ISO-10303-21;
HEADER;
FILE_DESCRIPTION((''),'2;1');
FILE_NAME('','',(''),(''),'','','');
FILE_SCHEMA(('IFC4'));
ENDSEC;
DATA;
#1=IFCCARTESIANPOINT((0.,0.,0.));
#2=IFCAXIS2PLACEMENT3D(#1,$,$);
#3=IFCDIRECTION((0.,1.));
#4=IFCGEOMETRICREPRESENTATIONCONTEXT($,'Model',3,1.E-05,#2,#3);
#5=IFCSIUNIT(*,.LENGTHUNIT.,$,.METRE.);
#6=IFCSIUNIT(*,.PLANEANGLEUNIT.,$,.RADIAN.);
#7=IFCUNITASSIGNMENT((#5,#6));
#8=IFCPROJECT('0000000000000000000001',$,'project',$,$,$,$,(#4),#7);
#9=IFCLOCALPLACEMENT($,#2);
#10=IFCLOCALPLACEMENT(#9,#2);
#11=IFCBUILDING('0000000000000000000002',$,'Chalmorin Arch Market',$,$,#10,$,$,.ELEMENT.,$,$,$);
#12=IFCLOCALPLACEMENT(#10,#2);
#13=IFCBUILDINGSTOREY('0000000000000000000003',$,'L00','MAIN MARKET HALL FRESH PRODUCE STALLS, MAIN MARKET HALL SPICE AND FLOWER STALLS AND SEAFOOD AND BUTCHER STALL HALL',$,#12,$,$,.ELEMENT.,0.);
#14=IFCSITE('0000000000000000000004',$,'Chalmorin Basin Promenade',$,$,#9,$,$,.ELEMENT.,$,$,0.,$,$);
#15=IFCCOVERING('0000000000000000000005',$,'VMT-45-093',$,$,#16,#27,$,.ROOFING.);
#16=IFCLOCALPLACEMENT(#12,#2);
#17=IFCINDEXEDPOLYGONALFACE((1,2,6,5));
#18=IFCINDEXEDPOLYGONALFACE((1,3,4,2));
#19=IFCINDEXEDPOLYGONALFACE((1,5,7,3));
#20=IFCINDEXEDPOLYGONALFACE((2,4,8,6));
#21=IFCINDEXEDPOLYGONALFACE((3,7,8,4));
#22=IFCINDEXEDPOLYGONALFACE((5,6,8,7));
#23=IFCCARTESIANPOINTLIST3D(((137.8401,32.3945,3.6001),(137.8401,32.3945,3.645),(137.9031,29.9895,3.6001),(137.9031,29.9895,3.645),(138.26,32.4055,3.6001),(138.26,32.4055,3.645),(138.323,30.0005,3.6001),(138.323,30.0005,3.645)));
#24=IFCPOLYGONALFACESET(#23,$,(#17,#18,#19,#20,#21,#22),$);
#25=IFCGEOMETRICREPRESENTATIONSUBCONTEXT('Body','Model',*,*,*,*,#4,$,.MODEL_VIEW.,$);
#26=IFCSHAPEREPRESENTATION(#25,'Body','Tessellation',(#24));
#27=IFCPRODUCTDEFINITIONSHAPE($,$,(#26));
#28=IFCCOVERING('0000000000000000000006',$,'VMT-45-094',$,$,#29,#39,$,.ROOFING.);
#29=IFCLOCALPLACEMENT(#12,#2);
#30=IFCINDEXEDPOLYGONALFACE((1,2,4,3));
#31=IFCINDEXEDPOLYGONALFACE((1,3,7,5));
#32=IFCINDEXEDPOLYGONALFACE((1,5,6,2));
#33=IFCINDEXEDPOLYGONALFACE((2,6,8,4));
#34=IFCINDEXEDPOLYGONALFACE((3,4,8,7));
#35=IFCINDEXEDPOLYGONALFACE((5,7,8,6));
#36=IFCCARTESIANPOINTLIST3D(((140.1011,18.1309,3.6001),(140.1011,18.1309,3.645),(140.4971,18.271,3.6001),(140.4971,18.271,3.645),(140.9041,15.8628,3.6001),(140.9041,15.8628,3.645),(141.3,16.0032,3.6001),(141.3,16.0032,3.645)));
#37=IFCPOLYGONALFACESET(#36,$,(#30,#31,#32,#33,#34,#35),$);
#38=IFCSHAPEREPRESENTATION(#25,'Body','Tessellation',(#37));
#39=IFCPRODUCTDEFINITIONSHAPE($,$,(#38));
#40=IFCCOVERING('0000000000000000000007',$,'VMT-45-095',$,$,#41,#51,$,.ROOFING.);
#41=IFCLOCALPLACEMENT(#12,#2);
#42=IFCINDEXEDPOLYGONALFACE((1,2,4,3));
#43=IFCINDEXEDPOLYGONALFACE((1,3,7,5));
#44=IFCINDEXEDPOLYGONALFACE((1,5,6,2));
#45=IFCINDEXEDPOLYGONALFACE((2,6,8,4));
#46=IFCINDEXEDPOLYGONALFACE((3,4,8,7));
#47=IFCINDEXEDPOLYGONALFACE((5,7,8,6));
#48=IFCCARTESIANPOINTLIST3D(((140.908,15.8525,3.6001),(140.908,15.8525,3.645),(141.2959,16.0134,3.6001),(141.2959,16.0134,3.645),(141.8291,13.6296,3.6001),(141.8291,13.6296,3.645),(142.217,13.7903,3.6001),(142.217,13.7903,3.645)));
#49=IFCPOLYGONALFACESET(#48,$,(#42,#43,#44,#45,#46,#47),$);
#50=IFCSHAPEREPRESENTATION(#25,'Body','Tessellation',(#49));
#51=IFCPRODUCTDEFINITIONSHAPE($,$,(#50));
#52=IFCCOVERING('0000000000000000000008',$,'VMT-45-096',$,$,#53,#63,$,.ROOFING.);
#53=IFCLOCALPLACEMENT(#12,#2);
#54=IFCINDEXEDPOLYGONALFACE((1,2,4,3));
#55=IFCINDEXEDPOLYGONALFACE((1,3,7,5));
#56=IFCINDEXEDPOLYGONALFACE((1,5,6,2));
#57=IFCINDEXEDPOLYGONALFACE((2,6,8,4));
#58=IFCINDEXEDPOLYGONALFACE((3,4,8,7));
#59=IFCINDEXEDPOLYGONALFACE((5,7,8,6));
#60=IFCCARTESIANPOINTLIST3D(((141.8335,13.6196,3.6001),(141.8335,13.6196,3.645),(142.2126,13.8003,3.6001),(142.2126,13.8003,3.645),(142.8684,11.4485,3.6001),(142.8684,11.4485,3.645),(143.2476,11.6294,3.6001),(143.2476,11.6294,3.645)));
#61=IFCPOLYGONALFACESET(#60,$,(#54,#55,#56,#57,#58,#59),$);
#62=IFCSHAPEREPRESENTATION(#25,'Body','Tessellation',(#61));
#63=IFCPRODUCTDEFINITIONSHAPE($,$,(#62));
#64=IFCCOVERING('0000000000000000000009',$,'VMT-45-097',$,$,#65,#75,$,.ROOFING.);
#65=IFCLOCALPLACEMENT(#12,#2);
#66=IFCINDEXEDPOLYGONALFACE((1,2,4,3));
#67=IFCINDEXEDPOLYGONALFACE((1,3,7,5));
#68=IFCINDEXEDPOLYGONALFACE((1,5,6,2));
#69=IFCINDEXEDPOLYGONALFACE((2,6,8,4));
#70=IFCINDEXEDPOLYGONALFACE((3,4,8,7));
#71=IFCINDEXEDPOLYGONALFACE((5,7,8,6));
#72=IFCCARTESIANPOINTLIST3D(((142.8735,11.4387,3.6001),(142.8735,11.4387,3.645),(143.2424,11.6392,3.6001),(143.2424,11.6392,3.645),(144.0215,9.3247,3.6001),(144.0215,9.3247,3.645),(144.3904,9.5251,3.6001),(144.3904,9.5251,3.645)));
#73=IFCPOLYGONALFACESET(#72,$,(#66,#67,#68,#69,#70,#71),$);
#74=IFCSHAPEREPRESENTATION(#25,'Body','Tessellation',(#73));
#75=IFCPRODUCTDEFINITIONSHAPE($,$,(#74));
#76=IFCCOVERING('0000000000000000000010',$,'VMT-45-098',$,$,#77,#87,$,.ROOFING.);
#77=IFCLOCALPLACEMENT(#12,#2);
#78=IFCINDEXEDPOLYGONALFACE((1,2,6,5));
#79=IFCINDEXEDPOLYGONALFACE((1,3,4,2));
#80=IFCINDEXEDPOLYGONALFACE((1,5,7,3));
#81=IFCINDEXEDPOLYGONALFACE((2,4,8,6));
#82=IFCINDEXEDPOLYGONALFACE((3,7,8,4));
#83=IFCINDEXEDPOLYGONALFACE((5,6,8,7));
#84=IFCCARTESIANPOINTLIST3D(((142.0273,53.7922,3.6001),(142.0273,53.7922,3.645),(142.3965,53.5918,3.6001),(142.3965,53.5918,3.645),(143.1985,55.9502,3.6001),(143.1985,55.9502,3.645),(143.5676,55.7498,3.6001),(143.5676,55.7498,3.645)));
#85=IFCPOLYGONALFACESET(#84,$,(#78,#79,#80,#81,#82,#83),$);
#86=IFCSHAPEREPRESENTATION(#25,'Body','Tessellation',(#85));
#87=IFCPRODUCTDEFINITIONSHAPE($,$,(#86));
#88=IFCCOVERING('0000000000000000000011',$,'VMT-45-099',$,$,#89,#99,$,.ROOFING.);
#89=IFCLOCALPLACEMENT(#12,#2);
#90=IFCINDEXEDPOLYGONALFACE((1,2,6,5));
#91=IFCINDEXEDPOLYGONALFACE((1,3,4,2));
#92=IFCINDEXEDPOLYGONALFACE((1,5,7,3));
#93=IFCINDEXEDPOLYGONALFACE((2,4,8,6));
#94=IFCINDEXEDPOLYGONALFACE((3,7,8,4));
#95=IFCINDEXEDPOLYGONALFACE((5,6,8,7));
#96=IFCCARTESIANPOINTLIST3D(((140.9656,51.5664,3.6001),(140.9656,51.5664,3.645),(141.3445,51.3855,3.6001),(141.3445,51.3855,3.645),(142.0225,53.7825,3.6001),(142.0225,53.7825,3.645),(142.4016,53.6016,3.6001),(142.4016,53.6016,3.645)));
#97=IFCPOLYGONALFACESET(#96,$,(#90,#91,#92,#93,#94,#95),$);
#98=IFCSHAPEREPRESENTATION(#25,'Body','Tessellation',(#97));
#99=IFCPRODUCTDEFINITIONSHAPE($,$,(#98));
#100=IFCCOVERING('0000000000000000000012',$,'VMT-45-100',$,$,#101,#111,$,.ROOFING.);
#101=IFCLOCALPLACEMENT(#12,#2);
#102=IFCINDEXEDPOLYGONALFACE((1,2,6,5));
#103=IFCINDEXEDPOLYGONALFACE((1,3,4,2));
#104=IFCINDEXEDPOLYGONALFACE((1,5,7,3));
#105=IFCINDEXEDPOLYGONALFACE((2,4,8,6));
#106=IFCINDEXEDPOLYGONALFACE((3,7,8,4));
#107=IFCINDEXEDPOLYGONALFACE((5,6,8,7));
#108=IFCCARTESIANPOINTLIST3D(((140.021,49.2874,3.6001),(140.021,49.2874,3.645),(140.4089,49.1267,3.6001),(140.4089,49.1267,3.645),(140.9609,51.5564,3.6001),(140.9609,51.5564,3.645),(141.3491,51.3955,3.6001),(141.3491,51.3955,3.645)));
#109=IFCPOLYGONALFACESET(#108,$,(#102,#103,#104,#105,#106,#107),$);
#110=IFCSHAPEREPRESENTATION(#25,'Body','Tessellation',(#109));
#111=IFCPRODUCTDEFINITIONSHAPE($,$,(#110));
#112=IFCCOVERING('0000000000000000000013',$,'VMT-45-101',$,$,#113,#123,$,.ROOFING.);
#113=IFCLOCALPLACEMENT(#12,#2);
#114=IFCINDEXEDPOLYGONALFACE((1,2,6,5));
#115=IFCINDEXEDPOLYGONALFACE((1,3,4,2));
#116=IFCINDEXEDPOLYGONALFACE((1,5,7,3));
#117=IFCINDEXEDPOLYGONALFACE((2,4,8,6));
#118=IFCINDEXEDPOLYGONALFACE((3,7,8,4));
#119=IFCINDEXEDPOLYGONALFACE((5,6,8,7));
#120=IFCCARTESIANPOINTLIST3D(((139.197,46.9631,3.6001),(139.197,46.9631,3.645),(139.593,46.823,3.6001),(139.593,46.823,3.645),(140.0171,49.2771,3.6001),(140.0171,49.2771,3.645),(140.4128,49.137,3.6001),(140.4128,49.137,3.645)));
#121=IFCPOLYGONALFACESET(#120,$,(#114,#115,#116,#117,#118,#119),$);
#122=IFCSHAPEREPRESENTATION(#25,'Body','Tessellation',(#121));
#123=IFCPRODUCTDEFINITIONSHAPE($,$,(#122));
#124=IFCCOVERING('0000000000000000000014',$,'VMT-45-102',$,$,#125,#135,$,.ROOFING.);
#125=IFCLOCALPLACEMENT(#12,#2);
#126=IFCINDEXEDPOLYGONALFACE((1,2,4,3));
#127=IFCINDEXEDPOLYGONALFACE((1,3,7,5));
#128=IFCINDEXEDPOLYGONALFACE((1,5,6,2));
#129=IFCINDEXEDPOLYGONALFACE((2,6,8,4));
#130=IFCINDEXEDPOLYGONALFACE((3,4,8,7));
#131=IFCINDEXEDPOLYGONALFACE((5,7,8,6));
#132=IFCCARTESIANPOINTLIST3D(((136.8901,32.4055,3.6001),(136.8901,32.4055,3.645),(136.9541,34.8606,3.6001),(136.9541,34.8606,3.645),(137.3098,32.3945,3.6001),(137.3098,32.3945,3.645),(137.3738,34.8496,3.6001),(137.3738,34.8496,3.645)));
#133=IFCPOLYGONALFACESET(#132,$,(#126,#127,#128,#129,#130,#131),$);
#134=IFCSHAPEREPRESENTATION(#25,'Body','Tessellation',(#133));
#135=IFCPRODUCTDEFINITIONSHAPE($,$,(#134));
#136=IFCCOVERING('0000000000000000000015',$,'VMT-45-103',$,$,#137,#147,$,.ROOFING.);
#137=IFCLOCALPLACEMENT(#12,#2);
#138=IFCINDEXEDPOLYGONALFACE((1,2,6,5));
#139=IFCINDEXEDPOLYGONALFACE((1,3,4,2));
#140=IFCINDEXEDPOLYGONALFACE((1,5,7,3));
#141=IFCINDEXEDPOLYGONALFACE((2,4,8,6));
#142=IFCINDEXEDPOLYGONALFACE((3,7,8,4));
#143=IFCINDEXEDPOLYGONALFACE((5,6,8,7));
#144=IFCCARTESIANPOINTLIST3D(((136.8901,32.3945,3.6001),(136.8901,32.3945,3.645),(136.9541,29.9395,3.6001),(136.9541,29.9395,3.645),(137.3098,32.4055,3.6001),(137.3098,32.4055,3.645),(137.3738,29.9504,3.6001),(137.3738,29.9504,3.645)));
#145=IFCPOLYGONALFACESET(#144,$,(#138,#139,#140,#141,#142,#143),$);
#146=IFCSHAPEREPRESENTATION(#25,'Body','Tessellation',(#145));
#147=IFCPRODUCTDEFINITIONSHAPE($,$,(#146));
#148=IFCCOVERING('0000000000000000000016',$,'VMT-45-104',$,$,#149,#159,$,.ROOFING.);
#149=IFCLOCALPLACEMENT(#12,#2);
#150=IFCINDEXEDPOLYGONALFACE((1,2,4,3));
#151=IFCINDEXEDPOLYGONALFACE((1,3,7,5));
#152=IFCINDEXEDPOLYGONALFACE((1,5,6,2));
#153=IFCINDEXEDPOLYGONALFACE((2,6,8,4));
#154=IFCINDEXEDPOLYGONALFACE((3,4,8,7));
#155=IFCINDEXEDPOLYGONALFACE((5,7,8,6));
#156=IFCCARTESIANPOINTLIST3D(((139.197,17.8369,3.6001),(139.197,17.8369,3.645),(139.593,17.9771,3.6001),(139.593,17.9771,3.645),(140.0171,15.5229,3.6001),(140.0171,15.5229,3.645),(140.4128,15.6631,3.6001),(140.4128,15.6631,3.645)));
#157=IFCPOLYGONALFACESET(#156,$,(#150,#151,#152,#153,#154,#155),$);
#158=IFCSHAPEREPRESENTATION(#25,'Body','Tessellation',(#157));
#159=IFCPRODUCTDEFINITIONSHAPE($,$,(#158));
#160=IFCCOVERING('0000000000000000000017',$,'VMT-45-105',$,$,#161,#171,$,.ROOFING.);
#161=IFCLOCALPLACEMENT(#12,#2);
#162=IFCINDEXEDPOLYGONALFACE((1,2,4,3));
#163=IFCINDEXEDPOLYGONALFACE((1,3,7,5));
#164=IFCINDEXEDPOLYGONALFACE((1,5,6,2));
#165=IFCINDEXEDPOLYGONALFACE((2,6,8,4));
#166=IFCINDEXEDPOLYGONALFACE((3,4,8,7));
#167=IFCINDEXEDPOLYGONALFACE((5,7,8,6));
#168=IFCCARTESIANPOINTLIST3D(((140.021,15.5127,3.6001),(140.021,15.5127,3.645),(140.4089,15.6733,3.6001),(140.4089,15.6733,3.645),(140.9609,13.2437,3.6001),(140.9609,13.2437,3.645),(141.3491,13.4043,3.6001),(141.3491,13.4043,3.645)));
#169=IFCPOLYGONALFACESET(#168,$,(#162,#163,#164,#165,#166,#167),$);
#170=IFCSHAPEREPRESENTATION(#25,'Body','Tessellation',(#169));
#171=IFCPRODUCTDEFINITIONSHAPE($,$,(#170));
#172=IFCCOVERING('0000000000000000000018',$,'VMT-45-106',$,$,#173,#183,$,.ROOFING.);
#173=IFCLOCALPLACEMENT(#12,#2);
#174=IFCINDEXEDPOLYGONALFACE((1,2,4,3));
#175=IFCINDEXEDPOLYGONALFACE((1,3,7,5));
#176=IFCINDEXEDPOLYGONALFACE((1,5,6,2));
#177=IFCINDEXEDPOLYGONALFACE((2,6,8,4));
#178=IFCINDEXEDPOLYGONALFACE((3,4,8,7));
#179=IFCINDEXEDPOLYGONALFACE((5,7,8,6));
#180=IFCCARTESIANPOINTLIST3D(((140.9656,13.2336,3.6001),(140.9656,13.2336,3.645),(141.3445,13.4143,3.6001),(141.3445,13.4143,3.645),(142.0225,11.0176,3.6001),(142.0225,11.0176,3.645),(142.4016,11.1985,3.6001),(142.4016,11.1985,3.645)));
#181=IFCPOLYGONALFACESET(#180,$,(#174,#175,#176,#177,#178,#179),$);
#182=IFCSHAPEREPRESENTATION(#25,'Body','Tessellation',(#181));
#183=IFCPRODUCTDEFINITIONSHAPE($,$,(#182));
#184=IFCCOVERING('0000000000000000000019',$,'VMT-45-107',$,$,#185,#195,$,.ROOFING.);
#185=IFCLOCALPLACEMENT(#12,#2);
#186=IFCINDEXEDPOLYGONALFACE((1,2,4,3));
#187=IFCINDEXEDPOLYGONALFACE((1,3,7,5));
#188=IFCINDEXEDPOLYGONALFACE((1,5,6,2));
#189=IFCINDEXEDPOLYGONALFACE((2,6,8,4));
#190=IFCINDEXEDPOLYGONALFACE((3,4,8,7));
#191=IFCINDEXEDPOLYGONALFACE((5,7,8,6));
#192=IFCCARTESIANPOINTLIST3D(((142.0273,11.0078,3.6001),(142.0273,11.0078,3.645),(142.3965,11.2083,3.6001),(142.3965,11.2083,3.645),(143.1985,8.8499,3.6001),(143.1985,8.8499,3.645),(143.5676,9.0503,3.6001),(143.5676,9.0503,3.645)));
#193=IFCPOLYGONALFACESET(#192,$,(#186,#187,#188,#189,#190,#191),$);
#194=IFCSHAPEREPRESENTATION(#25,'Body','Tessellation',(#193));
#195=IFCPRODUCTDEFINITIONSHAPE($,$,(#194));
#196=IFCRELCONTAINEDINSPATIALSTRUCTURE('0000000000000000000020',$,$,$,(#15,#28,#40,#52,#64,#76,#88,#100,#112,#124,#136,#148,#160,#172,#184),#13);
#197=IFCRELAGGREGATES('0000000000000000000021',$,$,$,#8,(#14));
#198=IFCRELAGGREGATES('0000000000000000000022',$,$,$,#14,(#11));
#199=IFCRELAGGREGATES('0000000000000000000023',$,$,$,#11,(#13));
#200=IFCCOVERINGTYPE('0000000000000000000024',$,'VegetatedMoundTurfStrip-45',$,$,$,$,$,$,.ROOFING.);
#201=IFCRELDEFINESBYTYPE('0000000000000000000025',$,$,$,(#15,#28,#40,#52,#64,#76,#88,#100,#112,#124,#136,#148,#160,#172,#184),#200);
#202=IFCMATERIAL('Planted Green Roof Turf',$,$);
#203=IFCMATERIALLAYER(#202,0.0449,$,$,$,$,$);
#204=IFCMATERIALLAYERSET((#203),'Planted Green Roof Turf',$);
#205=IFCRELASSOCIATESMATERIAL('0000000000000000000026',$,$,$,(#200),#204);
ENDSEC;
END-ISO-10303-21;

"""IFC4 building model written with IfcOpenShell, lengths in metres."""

from ifc_helpers import new_model, si_unit, direction, frame, origin, place, context, subcontext, project, spatial, polyline, outline, extrude, material, layer, layer_set, type_object, element, save


model = new_model("IFC4")

# Units and contexts
model_context = context("Model", 3, precision=1e-05, world=origin(), true_north=direction((0.0, 1.0)))
body_context = subcontext(model_context, "Body", "Model", "MODEL_VIEW")
ifc_project = project(units=[si_unit("LENGTHUNIT", "METRE"), si_unit("PLANEANGLEUNIT", "RADIAN")], contexts=[model_context])

# Site, building, storey
site_placement = place(None, origin())
site = spatial("IfcSite", under=ifc_project, at=site_placement, Name="Chalmorin Basin Promenade", CompositionType="ELEMENT", RefElevation=0.0)
building_placement = place(site_placement, origin())
building = spatial("IfcBuilding", under=site, at=building_placement, Name="Chalmorin Arch Market", CompositionType="ELEMENT")
storey_placement = place(building_placement, origin())
storey = spatial("IfcBuildingStorey", under=building, at=storey_placement, Name="L00", Description="MAIN MARKET HALL FRESH PRODUCE STALLS, MAIN MARKET HALL SPICE AND FLOWER STALLS AND SEAFOOD AND BUTCHER STALL HALL", CompositionType="ELEMENT", Elevation=0.0)

# Coverings
ifc_material_1 = material(Name="Planted Green Roof Turf")
ifc_layer_1 = layer(ifc_material_1, 0.0449)
ifc_layer_set_1 = layer_set([ifc_layer_1], Name="Planted Green Roof Turf")
covering_type = type_object("IfcCoveringType", Name="VegetatedMoundTurfStrip-45", PredefinedType="ROOFING", material=ifc_layer_set_1)
covering_1_placement = place(storey_placement, frame((0.0, 0.0, 3.6001)))
element("IfcCovering", 1, at=covering_1_placement, inside=storey, type_object=covering_type, Name="VMT-45-093", PredefinedType="ROOFING", context=body_context, shape_type="SweptSolid", body=[
    extrude(outline(polyline([(137.8401, 32.3945), (137.9031, 29.9895), (138.323, 30.0005), (138.26, 32.4055), (137.8401, 32.3945)])), origin(), (0.0, 0.0, 1.0), 0.0449),
])
covering_2_placement = place(storey_placement, frame((0.0, 0.0, 3.6001)))
element("IfcCovering", 2, at=covering_2_placement, inside=storey, type_object=covering_type, Name="VMT-45-094", PredefinedType="ROOFING", context=body_context, shape_type="SweptSolid", body=[
    extrude(outline(polyline([(140.1011, 18.1309), (140.9041, 15.8628), (141.3, 16.0032), (140.4971, 18.271), (140.1011, 18.1309)])), origin(), (0.0, 0.0, 1.0), 0.0449),
])
covering_3_placement = place(storey_placement, frame((0.0, 0.0, 3.6001)))
element("IfcCovering", 3, at=covering_3_placement, inside=storey, type_object=covering_type, Name="VMT-45-095", PredefinedType="ROOFING", context=body_context, shape_type="SweptSolid", body=[
    extrude(outline(polyline([(140.908, 15.8525), (141.8291, 13.6296), (142.217, 13.7903), (141.2959, 16.0134), (140.908, 15.8525)])), origin(), (0.0, 0.0, 1.0), 0.0449),
])
covering_4_placement = place(storey_placement, frame((0.0, 0.0, 3.6001)))
element("IfcCovering", 4, at=covering_4_placement, inside=storey, type_object=covering_type, Name="VMT-45-096", PredefinedType="ROOFING", context=body_context, shape_type="SweptSolid", body=[
    extrude(outline(polyline([(141.8335, 13.6196), (142.8684, 11.4485), (143.2476, 11.6294), (142.2126, 13.8003), (141.8335, 13.6196)])), origin(), (0.0, 0.0, 1.0), 0.0449),
])
covering_5_placement = place(storey_placement, frame((0.0, 0.0, 3.6001)))
element("IfcCovering", 5, at=covering_5_placement, inside=storey, type_object=covering_type, Name="VMT-45-097", PredefinedType="ROOFING", context=body_context, shape_type="SweptSolid", body=[
    extrude(outline(polyline([(142.8735, 11.4387), (144.0215, 9.3247), (144.3904, 9.5251), (143.2424, 11.6392), (142.8735, 11.4387)])), origin(), (0.0, 0.0, 1.0), 0.0449),
])
covering_6_placement = place(storey_placement, frame((0.0, 0.0, 3.6001)))
element("IfcCovering", 6, at=covering_6_placement, inside=storey, type_object=covering_type, Name="VMT-45-098", PredefinedType="ROOFING", context=body_context, shape_type="SweptSolid", body=[
    extrude(outline(polyline([(143.1985, 55.9502), (142.0273, 53.7922), (142.3965, 53.5918), (143.5676, 55.7498), (143.1985, 55.9502)])), origin(), (0.0, 0.0, 1.0), 0.0449),
])
covering_7_placement = place(storey_placement, frame((0.0, 0.0, 3.6001)))
element("IfcCovering", 7, at=covering_7_placement, inside=storey, type_object=covering_type, Name="VMT-45-099", PredefinedType="ROOFING", context=body_context, shape_type="SweptSolid", body=[
    extrude(outline(polyline([(142.0225, 53.7825), (140.9656, 51.5664), (141.3445, 51.3855), (142.4016, 53.6016), (142.0225, 53.7825)])), origin(), (0.0, 0.0, 1.0), 0.0449),
])
covering_8_placement = place(storey_placement, frame((0.0, 0.0, 3.6001)))
element("IfcCovering", 8, at=covering_8_placement, inside=storey, type_object=covering_type, Name="VMT-45-100", PredefinedType="ROOFING", context=body_context, shape_type="SweptSolid", body=[
    extrude(outline(polyline([(140.9609, 51.5564), (140.021, 49.2874), (140.4089, 49.1267), (141.3491, 51.3955), (140.9609, 51.5564)])), origin(), (0.0, 0.0, 1.0), 0.0449),
])
covering_9_placement = place(storey_placement, frame((0.0, 0.0, 3.6001)))
element("IfcCovering", 9, at=covering_9_placement, inside=storey, type_object=covering_type, Name="VMT-45-101", PredefinedType="ROOFING", context=body_context, shape_type="SweptSolid", body=[
    extrude(outline(polyline([(140.0171, 49.2771), (139.197, 46.9631), (139.593, 46.823), (140.4128, 49.137), (140.0171, 49.2771)])), origin(), (0.0, 0.0, 1.0), 0.0449),
])
covering_10_placement = place(storey_placement, frame((0.0, 0.0, 3.6001)))
element("IfcCovering", 10, at=covering_10_placement, inside=storey, type_object=covering_type, Name="VMT-45-102", PredefinedType="ROOFING", context=body_context, shape_type="SweptSolid", body=[
    extrude(outline(polyline([(136.9541, 34.8606), (136.8901, 32.4055), (137.3098, 32.3945), (137.3738, 34.8496), (136.9541, 34.8606)])), origin(), (0.0, 0.0, 1.0), 0.0449),
])
covering_11_placement = place(storey_placement, frame((0.0, 0.0, 3.6001)))
element("IfcCovering", 11, at=covering_11_placement, inside=storey, type_object=covering_type, Name="VMT-45-103", PredefinedType="ROOFING", context=body_context, shape_type="SweptSolid", body=[
    extrude(outline(polyline([(136.8901, 32.3945), (136.9541, 29.9395), (137.3738, 29.9504), (137.3098, 32.4055), (136.8901, 32.3945)])), origin(), (0.0, 0.0, 1.0), 0.0449),
])
covering_12_placement = place(storey_placement, frame((0.0, 0.0, 3.6001)))
element("IfcCovering", 12, at=covering_12_placement, inside=storey, type_object=covering_type, Name="VMT-45-104", PredefinedType="ROOFING", context=body_context, shape_type="SweptSolid", body=[
    extrude(outline(polyline([(139.197, 17.8369), (140.0171, 15.5229), (140.4128, 15.6631), (139.593, 17.9771), (139.197, 17.8369)])), origin(), (0.0, 0.0, 1.0), 0.0449),
])
covering_13_placement = place(storey_placement, frame((0.0, 0.0, 3.6001)))
element("IfcCovering", 13, at=covering_13_placement, inside=storey, type_object=covering_type, Name="VMT-45-105", PredefinedType="ROOFING", context=body_context, shape_type="SweptSolid", body=[
    extrude(outline(polyline([(140.021, 15.5127), (140.9609, 13.2437), (141.3491, 13.4043), (140.4089, 15.6733), (140.021, 15.5127)])), origin(), (0.0, 0.0, 1.0), 0.0449),
])
covering_14_placement = place(storey_placement, frame((0.0, 0.0, 3.6001)))
element("IfcCovering", 14, at=covering_14_placement, inside=storey, type_object=covering_type, Name="VMT-45-106", PredefinedType="ROOFING", context=body_context, shape_type="SweptSolid", body=[
    extrude(outline(polyline([(140.9656, 13.2336), (142.0225, 11.0176), (142.4016, 11.1985), (141.3445, 13.4143), (140.9656, 13.2336)])), origin(), (0.0, 0.0, 1.0), 0.0449),
])
covering_15_placement = place(storey_placement, frame((0.0, 0.0, 3.6001)))
element("IfcCovering", 15, at=covering_15_placement, inside=storey, type_object=covering_type, Name="VMT-45-107", PredefinedType="ROOFING", context=body_context, shape_type="SweptSolid", body=[
    extrude(outline(polyline([(142.0273, 11.0078), (143.1985, 8.8499), (143.5676, 9.0503), (142.3965, 11.2083), (142.0273, 11.0078)])), origin(), (0.0, 0.0, 1.0), 0.0449),
])

save(model, "model.ifc")
